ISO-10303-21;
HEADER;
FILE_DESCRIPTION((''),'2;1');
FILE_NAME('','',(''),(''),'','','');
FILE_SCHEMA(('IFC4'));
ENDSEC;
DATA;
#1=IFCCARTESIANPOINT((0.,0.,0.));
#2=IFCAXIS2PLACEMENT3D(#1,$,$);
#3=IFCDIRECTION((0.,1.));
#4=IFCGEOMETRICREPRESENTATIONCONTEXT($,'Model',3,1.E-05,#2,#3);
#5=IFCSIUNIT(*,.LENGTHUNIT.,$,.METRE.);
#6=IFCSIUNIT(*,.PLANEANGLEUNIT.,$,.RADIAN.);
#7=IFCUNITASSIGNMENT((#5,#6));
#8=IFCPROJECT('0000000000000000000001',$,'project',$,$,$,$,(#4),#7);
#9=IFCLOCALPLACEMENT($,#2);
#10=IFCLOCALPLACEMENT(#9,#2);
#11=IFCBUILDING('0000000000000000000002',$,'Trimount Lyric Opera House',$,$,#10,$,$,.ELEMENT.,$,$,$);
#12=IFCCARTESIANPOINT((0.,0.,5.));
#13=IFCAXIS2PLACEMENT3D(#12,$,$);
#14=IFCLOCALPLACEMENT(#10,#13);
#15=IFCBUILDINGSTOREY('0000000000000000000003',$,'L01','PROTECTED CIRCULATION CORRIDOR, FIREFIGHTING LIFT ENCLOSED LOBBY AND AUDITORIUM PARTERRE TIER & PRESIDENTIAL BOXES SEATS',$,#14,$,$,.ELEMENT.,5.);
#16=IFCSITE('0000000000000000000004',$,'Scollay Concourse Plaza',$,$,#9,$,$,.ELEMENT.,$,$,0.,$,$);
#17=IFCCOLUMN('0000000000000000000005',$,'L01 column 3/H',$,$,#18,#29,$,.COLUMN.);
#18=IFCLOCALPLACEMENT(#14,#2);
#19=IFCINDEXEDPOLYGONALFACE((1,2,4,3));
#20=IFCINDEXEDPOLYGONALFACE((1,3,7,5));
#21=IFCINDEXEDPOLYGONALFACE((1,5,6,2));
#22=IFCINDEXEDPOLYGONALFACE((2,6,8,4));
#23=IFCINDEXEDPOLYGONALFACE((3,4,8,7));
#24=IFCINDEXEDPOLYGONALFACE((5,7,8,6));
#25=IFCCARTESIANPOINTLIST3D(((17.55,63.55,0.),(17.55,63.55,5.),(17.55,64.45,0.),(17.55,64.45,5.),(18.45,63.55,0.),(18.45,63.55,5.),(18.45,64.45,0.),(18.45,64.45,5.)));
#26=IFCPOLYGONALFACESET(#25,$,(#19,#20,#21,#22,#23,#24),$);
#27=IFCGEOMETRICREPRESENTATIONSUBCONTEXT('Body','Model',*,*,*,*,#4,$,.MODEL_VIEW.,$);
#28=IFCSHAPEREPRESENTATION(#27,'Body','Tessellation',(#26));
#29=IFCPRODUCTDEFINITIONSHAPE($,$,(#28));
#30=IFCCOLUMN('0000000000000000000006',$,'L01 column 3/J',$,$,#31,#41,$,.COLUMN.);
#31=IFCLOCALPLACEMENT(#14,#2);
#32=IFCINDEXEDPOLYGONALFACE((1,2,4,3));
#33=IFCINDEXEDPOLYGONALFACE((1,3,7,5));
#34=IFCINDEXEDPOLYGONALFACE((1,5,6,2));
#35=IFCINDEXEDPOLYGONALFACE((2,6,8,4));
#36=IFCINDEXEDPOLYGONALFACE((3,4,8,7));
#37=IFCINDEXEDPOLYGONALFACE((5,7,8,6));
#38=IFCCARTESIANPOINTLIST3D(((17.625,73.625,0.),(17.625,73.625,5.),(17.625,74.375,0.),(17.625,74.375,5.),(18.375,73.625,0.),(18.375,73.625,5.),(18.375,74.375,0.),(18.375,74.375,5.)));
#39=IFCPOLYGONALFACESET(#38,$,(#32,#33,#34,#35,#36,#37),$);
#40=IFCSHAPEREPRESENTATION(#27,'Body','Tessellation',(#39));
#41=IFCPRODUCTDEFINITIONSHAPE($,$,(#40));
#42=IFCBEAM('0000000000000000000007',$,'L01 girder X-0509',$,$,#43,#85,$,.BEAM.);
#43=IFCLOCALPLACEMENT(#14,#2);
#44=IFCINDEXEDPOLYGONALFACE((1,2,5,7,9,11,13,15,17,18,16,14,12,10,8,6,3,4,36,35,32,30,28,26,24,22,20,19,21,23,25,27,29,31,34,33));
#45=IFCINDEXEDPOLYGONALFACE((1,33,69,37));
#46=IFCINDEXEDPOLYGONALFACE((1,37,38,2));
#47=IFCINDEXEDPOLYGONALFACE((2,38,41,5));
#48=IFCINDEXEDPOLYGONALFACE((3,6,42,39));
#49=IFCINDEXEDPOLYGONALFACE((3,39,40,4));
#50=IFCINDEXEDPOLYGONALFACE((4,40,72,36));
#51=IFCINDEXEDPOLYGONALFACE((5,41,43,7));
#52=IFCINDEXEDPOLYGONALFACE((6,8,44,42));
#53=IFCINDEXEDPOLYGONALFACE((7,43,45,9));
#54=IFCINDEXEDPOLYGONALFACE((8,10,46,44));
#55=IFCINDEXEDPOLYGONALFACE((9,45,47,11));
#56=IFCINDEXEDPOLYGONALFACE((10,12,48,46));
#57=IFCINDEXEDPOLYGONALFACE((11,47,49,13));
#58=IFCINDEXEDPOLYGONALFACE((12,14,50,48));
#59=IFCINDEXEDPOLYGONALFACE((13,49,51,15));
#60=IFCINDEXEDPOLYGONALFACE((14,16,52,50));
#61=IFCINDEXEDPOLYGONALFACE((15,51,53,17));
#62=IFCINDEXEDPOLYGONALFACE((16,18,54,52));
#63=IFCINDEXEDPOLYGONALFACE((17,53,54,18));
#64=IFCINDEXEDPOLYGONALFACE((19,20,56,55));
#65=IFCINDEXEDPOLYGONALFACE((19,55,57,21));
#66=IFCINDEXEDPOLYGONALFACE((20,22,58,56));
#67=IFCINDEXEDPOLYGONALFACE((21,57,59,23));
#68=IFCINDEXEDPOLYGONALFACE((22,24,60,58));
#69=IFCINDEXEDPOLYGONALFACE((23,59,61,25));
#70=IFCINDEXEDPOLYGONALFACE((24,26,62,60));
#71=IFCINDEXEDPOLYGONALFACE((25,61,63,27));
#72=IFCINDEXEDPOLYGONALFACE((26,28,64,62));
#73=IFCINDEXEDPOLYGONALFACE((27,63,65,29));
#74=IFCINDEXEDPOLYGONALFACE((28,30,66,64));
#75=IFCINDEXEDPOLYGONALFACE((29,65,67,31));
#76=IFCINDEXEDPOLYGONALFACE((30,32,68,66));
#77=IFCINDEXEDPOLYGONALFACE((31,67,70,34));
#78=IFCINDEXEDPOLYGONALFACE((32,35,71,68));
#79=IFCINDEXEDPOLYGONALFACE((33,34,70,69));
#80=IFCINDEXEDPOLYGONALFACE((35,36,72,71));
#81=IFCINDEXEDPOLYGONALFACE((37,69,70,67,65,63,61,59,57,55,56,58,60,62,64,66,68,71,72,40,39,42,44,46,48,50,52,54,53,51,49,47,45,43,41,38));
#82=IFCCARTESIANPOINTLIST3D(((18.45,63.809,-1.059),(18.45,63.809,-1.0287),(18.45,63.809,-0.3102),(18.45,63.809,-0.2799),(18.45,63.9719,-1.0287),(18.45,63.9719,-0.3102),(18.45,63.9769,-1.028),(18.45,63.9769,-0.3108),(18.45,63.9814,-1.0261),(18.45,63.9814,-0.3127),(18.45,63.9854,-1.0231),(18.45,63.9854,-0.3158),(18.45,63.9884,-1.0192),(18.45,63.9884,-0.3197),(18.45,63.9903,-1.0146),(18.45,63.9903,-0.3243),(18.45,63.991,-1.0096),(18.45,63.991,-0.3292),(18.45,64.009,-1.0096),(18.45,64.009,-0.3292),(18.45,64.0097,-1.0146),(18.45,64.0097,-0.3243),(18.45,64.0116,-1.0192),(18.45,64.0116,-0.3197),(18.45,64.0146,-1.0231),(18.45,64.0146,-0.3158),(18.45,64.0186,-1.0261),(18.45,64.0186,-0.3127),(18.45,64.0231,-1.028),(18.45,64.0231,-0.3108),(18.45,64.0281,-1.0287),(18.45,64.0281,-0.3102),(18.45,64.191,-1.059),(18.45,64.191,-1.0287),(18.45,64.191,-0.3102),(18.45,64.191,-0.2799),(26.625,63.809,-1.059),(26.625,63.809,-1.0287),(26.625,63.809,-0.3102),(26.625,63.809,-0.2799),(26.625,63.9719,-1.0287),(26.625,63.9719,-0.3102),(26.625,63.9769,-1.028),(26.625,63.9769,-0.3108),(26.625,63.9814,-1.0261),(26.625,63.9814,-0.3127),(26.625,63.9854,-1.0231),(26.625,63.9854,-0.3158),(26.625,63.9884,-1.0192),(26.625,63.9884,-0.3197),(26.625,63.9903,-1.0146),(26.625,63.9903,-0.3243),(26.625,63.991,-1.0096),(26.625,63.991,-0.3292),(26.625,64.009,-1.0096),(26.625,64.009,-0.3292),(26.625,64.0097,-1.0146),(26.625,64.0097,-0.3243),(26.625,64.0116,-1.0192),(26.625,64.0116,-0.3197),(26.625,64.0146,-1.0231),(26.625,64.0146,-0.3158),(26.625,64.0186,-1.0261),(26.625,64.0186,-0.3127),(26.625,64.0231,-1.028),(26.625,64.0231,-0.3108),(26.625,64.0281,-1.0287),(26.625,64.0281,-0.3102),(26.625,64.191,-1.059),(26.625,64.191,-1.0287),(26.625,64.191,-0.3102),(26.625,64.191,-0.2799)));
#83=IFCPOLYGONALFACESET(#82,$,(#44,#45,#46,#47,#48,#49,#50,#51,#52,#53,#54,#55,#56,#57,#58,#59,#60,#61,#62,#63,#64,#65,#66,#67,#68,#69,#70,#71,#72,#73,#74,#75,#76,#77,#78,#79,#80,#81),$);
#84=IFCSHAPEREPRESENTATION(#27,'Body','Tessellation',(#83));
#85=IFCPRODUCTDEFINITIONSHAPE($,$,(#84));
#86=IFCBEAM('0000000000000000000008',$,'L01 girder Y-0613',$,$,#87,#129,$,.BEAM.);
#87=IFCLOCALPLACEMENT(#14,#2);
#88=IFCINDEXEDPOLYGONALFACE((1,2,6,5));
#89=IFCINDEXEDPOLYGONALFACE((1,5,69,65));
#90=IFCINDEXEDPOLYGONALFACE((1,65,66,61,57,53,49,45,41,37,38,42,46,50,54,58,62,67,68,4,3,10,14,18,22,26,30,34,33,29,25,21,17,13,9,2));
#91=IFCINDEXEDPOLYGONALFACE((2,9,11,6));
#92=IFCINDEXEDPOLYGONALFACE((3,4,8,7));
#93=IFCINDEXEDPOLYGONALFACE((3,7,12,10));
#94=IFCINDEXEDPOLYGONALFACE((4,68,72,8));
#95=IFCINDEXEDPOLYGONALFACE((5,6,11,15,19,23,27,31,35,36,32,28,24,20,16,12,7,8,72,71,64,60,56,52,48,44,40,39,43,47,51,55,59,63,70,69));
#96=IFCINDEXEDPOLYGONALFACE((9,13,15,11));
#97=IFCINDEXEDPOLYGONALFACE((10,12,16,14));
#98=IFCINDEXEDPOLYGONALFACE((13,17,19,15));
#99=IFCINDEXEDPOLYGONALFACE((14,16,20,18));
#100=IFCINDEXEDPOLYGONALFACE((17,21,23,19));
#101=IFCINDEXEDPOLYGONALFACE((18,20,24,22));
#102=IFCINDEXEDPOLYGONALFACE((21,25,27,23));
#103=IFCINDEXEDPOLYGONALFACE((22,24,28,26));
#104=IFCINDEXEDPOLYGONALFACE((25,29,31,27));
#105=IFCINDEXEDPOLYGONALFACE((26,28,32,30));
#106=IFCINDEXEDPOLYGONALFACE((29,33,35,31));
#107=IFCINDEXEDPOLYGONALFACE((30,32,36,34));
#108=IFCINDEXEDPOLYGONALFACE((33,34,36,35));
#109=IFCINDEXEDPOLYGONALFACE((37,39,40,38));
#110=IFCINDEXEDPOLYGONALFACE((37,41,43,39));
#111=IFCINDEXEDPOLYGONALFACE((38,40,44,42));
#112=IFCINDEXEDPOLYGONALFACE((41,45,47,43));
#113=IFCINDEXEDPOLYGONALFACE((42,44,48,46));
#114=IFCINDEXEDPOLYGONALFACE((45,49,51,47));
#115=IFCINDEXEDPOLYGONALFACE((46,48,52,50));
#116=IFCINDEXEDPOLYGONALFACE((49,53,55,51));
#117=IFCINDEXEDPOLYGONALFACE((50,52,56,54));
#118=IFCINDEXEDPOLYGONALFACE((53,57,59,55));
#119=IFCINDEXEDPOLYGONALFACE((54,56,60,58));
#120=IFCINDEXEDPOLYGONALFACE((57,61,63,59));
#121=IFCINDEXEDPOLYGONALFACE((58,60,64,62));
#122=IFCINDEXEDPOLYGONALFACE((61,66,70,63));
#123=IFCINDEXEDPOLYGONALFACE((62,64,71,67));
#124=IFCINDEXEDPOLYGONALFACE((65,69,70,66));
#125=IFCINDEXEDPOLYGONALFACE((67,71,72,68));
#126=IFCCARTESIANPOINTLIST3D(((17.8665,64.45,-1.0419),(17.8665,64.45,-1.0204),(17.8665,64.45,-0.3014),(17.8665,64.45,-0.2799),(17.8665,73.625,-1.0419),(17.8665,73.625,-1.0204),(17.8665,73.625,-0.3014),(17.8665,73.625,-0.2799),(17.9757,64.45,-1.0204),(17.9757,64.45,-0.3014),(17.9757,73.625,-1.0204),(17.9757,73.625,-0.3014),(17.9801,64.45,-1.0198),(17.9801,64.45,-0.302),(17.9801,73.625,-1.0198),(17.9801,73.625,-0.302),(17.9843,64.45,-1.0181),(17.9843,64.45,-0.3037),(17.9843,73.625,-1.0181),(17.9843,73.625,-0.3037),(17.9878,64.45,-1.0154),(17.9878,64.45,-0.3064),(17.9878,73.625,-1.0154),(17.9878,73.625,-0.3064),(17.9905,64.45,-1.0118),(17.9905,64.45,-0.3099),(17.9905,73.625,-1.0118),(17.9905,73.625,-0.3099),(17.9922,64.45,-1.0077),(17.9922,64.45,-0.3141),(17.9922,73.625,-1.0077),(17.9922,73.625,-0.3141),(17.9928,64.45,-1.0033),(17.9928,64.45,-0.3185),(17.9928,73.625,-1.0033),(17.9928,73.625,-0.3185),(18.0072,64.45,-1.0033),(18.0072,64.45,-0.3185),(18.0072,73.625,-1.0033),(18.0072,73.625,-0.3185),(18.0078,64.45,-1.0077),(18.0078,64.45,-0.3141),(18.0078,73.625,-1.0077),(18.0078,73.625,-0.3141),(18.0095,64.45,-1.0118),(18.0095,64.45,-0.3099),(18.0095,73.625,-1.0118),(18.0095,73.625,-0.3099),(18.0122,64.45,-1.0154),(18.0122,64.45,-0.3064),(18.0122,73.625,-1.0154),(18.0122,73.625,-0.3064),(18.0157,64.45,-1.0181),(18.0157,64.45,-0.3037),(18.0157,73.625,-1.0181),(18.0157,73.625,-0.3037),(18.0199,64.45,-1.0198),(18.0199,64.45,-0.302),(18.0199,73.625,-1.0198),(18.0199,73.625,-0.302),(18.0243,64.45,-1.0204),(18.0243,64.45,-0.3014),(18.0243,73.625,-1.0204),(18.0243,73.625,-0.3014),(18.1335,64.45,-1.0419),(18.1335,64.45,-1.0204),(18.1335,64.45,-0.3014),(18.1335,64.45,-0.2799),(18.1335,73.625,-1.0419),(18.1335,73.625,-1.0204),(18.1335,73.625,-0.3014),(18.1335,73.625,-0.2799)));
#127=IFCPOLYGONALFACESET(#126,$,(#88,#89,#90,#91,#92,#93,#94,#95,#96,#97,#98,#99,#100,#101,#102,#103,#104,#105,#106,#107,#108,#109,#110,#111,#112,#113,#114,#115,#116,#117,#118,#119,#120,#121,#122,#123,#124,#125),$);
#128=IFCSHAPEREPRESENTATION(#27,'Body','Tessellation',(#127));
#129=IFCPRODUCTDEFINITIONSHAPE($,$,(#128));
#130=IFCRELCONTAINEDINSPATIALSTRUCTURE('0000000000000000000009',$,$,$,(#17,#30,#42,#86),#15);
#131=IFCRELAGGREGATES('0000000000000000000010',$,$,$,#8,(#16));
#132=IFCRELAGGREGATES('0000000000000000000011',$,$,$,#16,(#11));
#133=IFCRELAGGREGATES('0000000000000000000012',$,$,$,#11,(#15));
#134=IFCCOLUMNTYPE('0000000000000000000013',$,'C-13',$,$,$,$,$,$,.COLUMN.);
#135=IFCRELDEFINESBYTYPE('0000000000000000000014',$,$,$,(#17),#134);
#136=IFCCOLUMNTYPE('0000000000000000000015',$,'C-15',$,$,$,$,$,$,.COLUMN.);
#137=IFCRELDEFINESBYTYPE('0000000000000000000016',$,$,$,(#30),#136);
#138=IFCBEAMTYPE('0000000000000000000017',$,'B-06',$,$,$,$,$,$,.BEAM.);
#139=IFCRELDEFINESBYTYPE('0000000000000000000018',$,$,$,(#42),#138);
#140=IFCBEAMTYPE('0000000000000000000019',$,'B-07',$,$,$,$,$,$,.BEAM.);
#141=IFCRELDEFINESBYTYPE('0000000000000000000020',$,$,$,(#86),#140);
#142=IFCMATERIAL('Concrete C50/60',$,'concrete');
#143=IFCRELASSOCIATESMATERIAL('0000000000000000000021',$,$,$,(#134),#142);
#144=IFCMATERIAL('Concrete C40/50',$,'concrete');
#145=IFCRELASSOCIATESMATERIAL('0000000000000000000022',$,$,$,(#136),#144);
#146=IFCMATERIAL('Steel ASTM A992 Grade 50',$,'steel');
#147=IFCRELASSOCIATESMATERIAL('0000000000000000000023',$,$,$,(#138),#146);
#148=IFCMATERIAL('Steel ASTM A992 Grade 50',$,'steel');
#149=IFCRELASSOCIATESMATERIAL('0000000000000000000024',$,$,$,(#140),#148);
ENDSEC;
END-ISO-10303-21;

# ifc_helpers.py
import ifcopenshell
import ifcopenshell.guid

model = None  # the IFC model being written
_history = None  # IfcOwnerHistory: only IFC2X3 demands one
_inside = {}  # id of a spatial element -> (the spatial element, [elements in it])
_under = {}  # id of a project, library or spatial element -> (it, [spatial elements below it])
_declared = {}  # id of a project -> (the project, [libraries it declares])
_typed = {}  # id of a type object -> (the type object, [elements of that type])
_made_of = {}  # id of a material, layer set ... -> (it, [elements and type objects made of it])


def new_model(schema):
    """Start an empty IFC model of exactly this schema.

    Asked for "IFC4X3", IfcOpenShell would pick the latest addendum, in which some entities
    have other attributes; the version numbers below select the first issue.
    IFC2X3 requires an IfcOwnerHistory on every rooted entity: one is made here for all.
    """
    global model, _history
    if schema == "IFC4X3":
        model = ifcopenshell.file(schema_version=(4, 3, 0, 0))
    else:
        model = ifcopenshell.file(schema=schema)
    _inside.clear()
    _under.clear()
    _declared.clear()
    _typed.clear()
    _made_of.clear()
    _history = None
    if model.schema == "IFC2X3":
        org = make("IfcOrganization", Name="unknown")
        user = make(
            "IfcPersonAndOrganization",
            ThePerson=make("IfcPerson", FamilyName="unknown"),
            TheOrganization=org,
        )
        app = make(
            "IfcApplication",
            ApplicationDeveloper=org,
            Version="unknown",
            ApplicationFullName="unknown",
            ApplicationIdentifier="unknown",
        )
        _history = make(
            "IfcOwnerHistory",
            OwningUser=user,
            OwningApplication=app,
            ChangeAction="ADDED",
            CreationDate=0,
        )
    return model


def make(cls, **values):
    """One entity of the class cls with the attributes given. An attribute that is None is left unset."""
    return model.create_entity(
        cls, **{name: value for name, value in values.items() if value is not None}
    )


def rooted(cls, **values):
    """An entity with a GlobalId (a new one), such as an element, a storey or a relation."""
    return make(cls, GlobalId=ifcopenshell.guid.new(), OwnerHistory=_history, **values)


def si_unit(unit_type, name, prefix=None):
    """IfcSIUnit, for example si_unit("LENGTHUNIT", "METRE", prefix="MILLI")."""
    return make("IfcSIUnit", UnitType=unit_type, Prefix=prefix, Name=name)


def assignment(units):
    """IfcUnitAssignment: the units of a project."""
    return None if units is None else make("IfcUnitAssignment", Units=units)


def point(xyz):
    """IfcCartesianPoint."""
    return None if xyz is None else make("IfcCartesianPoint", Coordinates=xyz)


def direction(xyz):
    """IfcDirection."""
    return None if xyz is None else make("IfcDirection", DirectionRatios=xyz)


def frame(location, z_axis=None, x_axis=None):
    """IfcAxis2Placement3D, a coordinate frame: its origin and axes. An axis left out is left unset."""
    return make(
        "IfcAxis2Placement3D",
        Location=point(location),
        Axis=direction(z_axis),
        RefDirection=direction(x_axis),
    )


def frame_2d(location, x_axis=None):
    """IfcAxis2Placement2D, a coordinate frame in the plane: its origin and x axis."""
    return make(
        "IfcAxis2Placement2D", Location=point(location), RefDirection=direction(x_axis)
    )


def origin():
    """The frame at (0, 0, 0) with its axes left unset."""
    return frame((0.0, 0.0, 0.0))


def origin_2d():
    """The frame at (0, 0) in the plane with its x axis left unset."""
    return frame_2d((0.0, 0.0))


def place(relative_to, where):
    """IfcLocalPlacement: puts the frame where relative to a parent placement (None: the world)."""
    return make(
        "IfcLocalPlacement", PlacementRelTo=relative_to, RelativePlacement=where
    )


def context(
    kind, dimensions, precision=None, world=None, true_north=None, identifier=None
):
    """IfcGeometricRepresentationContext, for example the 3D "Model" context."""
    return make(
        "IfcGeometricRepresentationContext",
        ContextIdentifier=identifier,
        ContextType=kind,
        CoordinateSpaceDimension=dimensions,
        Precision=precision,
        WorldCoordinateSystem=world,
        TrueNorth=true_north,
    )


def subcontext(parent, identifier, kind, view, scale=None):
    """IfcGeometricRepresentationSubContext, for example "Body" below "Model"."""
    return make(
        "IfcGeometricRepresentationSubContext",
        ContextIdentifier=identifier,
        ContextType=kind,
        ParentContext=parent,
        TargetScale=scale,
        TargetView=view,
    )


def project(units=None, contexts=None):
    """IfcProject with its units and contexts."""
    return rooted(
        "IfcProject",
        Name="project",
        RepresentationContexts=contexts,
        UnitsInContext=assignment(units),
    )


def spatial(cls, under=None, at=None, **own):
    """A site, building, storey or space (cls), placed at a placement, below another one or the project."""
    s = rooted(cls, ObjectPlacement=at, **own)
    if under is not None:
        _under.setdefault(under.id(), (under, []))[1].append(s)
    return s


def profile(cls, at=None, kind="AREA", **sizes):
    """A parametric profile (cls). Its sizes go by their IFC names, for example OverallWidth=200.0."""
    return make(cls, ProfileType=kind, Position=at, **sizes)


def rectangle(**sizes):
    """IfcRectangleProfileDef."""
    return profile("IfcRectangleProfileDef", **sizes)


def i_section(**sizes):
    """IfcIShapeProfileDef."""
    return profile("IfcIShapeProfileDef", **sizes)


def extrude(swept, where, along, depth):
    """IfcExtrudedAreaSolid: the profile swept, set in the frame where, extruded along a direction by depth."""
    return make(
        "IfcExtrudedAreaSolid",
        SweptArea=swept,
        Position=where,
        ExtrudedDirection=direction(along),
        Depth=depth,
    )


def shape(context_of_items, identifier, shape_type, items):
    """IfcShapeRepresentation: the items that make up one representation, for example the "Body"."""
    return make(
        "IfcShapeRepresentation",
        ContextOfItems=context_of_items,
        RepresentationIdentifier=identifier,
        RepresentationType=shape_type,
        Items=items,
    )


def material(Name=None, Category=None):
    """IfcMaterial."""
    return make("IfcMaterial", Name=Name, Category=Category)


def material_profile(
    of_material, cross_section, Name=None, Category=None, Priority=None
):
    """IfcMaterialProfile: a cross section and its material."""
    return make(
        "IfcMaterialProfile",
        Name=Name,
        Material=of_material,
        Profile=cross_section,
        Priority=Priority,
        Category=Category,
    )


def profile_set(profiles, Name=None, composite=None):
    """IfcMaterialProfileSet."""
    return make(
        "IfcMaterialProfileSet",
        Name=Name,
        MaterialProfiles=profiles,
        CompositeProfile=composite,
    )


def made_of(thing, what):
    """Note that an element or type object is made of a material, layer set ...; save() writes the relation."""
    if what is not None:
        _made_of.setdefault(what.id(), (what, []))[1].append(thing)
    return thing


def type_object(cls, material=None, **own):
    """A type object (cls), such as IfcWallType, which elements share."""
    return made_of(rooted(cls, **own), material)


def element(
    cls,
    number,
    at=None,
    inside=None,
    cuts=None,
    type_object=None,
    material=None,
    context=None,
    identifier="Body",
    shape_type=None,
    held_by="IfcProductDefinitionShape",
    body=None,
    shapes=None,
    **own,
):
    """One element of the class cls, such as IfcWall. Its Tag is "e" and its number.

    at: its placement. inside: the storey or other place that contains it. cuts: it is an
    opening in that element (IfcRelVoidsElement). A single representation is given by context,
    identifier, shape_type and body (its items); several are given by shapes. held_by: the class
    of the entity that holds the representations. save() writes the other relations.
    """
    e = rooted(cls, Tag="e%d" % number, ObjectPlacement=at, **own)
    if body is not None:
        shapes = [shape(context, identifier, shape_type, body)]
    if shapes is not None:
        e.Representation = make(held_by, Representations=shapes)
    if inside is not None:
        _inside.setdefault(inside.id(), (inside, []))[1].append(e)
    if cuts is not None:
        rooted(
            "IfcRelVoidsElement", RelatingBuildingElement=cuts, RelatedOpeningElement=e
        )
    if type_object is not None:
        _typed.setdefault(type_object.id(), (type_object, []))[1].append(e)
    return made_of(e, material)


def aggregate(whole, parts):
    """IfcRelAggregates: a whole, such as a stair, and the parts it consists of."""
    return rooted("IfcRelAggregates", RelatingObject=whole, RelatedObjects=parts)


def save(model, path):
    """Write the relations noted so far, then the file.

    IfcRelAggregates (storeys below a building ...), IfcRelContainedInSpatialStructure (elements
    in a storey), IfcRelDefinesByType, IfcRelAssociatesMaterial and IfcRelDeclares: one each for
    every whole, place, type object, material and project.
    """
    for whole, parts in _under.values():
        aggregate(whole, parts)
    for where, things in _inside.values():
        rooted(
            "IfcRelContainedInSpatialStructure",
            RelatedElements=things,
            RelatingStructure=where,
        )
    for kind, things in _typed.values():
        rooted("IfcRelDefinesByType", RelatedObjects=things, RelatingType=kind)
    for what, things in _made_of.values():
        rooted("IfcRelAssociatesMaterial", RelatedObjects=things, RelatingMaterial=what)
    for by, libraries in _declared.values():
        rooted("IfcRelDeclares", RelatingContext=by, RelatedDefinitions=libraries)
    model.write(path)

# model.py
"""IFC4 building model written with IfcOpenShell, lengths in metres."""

from ifc_helpers import new_model, si_unit, direction, frame, origin, origin_2d, place, context, subcontext, project, spatial, rectangle, i_section, extrude, material, material_profile, profile_set, type_object, element, save


model = new_model("IFC4")

# Units and contexts
model_context = context("Model", 3, precision=1e-05, world=origin(), true_north=direction((0.0, 1.0)))
body_context = subcontext(model_context, "Body", "Model", "MODEL_VIEW")
ifc_project = project(units=[si_unit("LENGTHUNIT", "METRE"), si_unit("PLANEANGLEUNIT", "RADIAN")], contexts=[model_context])

# Site, building, storey
site_placement = place(None, origin())
site = spatial("IfcSite", under=ifc_project, at=site_placement, Name="Scollay Concourse Plaza", CompositionType="ELEMENT", RefElevation=0.0)
building_placement = place(site_placement, origin())
building = spatial("IfcBuilding", under=site, at=building_placement, Name="Trimount Lyric Opera House", CompositionType="ELEMENT")
storey_placement = place(building_placement, frame((0.0, 0.0, 5.0)))
storey = spatial("IfcBuildingStorey", under=building, at=storey_placement, Name="L01", Description="PROTECTED CIRCULATION CORRIDOR, FIREFIGHTING LIFT ENCLOSED LOBBY AND AUDITORIUM PARTERRE TIER & PRESIDENTIAL BOXES SEATS", CompositionType="ELEMENT", Elevation=5.0)

# Columns
ifc_material_1 = material(Name="Concrete C50/60", Category="concrete")
ifc_material_profile_1 = material_profile(ifc_material_1, rectangle(XDim=0.8999, YDim=0.8999, at=origin_2d()), Name="RC900X900")
ifc_profile_set_1 = profile_set([ifc_material_profile_1], Name="Concrete C50/60")
column_type_1 = type_object("IfcColumnType", Name="C-13", PredefinedType="COLUMN", material=ifc_profile_set_1)
column_1_placement = place(storey_placement, frame((18.0, 64.0, 0.0), z_axis=(0.0, 0.0, 1.0), x_axis=(1.0, 0.0, 0.0)))
element("IfcColumn", 1, at=column_1_placement, inside=storey, type_object=column_type_1, Name="L01 column 3/H", PredefinedType="COLUMN", context=body_context, shape_type="SweptSolid", body=[
    extrude(rectangle(XDim=0.8999, YDim=0.8999, at=origin_2d()), origin(), (0.0, 0.0, 1.0), 5.0),
])
ifc_material_2 = material(Name="Concrete C40/50", Category="concrete")
ifc_material_profile_2 = material_profile(ifc_material_2, rectangle(XDim=0.75, YDim=0.75, at=origin_2d()), Name="RC750X750")
ifc_profile_set_2 = profile_set([ifc_material_profile_2], Name="Concrete C40/50")
column_type_2 = type_object("IfcColumnType", Name="C-15", PredefinedType="COLUMN", material=ifc_profile_set_2)
column_2_placement = place(storey_placement, frame((18.0, 74.0, 0.0), z_axis=(0.0, 0.0, 1.0), x_axis=(1.0, 0.0, 0.0)))
element("IfcColumn", 2, at=column_2_placement, inside=storey, type_object=column_type_2, Name="L01 column 3/J", PredefinedType="COLUMN", context=body_context, shape_type="SweptSolid", body=[
    extrude(rectangle(XDim=0.75, YDim=0.75, at=origin_2d()), origin(), (0.0, 0.0, 1.0), 5.0),
])

# Beams
ifc_material_3 = material(Name="Steel ASTM A992 Grade 50", Category="steel")
ifc_material_profile_3 = material_profile(ifc_material_3, i_section(OverallWidth=0.3821, OverallDepth=0.7791, WebThickness=0.0181, FlangeThickness=0.0303, FilletRadius=0.019, at=origin_2d()), Name="W30X191")
ifc_profile_set_3 = profile_set([ifc_material_profile_3], Name="Steel ASTM A992 Grade 50")
beam_type_1 = type_object("IfcBeamType", Name="B-06", PredefinedType="BEAM", material=ifc_profile_set_3)
beam_1_placement = place(storey_placement, frame((18.45, 64.0, -0.6694), z_axis=(1.0, 0.0, 0.0), x_axis=(0.0, 1.0, 0.0)))
element("IfcBeam", 3, at=beam_1_placement, inside=storey, type_object=beam_type_1, Name="L01 girder X-0509", PredefinedType="BEAM", context=body_context, shape_type="SweptSolid", body=[
    extrude(i_section(OverallWidth=0.3821, OverallDepth=0.7791, WebThickness=0.0181, FlangeThickness=0.0303, FilletRadius=0.019, at=origin_2d()), origin(), (0.0, 0.0, 1.0), 8.175),
])
ifc_material_4 = material(Name="Steel ASTM A992 Grade 50", Category="steel")
ifc_material_profile_4 = material_profile(ifc_material_4, i_section(OverallWidth=0.2671, OverallDepth=0.762, WebThickness=0.0144, FlangeThickness=0.0215, FilletRadius=0.0171, at=origin_2d()), Name="W30X116")
ifc_profile_set_4 = profile_set([ifc_material_profile_4], Name="Steel ASTM A992 Grade 50")
beam_type_2 = type_object("IfcBeamType", Name="B-07", PredefinedType="BEAM", material=ifc_profile_set_4)
beam_2_placement = place(storey_placement, frame((18.0, 64.45, -0.6609), z_axis=(0.0, 1.0, 0.0), x_axis=(-1.0, 0.0, 0.0)))
element("IfcBeam", 4, at=beam_2_placement, inside=storey, type_object=beam_type_2, Name="L01 girder Y-0613", PredefinedType="BEAM", context=body_context, shape_type="SweptSolid", body=[
    extrude(i_section(OverallWidth=0.2671, OverallDepth=0.762, WebThickness=0.0144, FlangeThickness=0.0215, FilletRadius=0.0171, at=origin_2d()), origin(), (0.0, 0.0, 1.0), 9.175),
])

save(model, "model.ifc")
